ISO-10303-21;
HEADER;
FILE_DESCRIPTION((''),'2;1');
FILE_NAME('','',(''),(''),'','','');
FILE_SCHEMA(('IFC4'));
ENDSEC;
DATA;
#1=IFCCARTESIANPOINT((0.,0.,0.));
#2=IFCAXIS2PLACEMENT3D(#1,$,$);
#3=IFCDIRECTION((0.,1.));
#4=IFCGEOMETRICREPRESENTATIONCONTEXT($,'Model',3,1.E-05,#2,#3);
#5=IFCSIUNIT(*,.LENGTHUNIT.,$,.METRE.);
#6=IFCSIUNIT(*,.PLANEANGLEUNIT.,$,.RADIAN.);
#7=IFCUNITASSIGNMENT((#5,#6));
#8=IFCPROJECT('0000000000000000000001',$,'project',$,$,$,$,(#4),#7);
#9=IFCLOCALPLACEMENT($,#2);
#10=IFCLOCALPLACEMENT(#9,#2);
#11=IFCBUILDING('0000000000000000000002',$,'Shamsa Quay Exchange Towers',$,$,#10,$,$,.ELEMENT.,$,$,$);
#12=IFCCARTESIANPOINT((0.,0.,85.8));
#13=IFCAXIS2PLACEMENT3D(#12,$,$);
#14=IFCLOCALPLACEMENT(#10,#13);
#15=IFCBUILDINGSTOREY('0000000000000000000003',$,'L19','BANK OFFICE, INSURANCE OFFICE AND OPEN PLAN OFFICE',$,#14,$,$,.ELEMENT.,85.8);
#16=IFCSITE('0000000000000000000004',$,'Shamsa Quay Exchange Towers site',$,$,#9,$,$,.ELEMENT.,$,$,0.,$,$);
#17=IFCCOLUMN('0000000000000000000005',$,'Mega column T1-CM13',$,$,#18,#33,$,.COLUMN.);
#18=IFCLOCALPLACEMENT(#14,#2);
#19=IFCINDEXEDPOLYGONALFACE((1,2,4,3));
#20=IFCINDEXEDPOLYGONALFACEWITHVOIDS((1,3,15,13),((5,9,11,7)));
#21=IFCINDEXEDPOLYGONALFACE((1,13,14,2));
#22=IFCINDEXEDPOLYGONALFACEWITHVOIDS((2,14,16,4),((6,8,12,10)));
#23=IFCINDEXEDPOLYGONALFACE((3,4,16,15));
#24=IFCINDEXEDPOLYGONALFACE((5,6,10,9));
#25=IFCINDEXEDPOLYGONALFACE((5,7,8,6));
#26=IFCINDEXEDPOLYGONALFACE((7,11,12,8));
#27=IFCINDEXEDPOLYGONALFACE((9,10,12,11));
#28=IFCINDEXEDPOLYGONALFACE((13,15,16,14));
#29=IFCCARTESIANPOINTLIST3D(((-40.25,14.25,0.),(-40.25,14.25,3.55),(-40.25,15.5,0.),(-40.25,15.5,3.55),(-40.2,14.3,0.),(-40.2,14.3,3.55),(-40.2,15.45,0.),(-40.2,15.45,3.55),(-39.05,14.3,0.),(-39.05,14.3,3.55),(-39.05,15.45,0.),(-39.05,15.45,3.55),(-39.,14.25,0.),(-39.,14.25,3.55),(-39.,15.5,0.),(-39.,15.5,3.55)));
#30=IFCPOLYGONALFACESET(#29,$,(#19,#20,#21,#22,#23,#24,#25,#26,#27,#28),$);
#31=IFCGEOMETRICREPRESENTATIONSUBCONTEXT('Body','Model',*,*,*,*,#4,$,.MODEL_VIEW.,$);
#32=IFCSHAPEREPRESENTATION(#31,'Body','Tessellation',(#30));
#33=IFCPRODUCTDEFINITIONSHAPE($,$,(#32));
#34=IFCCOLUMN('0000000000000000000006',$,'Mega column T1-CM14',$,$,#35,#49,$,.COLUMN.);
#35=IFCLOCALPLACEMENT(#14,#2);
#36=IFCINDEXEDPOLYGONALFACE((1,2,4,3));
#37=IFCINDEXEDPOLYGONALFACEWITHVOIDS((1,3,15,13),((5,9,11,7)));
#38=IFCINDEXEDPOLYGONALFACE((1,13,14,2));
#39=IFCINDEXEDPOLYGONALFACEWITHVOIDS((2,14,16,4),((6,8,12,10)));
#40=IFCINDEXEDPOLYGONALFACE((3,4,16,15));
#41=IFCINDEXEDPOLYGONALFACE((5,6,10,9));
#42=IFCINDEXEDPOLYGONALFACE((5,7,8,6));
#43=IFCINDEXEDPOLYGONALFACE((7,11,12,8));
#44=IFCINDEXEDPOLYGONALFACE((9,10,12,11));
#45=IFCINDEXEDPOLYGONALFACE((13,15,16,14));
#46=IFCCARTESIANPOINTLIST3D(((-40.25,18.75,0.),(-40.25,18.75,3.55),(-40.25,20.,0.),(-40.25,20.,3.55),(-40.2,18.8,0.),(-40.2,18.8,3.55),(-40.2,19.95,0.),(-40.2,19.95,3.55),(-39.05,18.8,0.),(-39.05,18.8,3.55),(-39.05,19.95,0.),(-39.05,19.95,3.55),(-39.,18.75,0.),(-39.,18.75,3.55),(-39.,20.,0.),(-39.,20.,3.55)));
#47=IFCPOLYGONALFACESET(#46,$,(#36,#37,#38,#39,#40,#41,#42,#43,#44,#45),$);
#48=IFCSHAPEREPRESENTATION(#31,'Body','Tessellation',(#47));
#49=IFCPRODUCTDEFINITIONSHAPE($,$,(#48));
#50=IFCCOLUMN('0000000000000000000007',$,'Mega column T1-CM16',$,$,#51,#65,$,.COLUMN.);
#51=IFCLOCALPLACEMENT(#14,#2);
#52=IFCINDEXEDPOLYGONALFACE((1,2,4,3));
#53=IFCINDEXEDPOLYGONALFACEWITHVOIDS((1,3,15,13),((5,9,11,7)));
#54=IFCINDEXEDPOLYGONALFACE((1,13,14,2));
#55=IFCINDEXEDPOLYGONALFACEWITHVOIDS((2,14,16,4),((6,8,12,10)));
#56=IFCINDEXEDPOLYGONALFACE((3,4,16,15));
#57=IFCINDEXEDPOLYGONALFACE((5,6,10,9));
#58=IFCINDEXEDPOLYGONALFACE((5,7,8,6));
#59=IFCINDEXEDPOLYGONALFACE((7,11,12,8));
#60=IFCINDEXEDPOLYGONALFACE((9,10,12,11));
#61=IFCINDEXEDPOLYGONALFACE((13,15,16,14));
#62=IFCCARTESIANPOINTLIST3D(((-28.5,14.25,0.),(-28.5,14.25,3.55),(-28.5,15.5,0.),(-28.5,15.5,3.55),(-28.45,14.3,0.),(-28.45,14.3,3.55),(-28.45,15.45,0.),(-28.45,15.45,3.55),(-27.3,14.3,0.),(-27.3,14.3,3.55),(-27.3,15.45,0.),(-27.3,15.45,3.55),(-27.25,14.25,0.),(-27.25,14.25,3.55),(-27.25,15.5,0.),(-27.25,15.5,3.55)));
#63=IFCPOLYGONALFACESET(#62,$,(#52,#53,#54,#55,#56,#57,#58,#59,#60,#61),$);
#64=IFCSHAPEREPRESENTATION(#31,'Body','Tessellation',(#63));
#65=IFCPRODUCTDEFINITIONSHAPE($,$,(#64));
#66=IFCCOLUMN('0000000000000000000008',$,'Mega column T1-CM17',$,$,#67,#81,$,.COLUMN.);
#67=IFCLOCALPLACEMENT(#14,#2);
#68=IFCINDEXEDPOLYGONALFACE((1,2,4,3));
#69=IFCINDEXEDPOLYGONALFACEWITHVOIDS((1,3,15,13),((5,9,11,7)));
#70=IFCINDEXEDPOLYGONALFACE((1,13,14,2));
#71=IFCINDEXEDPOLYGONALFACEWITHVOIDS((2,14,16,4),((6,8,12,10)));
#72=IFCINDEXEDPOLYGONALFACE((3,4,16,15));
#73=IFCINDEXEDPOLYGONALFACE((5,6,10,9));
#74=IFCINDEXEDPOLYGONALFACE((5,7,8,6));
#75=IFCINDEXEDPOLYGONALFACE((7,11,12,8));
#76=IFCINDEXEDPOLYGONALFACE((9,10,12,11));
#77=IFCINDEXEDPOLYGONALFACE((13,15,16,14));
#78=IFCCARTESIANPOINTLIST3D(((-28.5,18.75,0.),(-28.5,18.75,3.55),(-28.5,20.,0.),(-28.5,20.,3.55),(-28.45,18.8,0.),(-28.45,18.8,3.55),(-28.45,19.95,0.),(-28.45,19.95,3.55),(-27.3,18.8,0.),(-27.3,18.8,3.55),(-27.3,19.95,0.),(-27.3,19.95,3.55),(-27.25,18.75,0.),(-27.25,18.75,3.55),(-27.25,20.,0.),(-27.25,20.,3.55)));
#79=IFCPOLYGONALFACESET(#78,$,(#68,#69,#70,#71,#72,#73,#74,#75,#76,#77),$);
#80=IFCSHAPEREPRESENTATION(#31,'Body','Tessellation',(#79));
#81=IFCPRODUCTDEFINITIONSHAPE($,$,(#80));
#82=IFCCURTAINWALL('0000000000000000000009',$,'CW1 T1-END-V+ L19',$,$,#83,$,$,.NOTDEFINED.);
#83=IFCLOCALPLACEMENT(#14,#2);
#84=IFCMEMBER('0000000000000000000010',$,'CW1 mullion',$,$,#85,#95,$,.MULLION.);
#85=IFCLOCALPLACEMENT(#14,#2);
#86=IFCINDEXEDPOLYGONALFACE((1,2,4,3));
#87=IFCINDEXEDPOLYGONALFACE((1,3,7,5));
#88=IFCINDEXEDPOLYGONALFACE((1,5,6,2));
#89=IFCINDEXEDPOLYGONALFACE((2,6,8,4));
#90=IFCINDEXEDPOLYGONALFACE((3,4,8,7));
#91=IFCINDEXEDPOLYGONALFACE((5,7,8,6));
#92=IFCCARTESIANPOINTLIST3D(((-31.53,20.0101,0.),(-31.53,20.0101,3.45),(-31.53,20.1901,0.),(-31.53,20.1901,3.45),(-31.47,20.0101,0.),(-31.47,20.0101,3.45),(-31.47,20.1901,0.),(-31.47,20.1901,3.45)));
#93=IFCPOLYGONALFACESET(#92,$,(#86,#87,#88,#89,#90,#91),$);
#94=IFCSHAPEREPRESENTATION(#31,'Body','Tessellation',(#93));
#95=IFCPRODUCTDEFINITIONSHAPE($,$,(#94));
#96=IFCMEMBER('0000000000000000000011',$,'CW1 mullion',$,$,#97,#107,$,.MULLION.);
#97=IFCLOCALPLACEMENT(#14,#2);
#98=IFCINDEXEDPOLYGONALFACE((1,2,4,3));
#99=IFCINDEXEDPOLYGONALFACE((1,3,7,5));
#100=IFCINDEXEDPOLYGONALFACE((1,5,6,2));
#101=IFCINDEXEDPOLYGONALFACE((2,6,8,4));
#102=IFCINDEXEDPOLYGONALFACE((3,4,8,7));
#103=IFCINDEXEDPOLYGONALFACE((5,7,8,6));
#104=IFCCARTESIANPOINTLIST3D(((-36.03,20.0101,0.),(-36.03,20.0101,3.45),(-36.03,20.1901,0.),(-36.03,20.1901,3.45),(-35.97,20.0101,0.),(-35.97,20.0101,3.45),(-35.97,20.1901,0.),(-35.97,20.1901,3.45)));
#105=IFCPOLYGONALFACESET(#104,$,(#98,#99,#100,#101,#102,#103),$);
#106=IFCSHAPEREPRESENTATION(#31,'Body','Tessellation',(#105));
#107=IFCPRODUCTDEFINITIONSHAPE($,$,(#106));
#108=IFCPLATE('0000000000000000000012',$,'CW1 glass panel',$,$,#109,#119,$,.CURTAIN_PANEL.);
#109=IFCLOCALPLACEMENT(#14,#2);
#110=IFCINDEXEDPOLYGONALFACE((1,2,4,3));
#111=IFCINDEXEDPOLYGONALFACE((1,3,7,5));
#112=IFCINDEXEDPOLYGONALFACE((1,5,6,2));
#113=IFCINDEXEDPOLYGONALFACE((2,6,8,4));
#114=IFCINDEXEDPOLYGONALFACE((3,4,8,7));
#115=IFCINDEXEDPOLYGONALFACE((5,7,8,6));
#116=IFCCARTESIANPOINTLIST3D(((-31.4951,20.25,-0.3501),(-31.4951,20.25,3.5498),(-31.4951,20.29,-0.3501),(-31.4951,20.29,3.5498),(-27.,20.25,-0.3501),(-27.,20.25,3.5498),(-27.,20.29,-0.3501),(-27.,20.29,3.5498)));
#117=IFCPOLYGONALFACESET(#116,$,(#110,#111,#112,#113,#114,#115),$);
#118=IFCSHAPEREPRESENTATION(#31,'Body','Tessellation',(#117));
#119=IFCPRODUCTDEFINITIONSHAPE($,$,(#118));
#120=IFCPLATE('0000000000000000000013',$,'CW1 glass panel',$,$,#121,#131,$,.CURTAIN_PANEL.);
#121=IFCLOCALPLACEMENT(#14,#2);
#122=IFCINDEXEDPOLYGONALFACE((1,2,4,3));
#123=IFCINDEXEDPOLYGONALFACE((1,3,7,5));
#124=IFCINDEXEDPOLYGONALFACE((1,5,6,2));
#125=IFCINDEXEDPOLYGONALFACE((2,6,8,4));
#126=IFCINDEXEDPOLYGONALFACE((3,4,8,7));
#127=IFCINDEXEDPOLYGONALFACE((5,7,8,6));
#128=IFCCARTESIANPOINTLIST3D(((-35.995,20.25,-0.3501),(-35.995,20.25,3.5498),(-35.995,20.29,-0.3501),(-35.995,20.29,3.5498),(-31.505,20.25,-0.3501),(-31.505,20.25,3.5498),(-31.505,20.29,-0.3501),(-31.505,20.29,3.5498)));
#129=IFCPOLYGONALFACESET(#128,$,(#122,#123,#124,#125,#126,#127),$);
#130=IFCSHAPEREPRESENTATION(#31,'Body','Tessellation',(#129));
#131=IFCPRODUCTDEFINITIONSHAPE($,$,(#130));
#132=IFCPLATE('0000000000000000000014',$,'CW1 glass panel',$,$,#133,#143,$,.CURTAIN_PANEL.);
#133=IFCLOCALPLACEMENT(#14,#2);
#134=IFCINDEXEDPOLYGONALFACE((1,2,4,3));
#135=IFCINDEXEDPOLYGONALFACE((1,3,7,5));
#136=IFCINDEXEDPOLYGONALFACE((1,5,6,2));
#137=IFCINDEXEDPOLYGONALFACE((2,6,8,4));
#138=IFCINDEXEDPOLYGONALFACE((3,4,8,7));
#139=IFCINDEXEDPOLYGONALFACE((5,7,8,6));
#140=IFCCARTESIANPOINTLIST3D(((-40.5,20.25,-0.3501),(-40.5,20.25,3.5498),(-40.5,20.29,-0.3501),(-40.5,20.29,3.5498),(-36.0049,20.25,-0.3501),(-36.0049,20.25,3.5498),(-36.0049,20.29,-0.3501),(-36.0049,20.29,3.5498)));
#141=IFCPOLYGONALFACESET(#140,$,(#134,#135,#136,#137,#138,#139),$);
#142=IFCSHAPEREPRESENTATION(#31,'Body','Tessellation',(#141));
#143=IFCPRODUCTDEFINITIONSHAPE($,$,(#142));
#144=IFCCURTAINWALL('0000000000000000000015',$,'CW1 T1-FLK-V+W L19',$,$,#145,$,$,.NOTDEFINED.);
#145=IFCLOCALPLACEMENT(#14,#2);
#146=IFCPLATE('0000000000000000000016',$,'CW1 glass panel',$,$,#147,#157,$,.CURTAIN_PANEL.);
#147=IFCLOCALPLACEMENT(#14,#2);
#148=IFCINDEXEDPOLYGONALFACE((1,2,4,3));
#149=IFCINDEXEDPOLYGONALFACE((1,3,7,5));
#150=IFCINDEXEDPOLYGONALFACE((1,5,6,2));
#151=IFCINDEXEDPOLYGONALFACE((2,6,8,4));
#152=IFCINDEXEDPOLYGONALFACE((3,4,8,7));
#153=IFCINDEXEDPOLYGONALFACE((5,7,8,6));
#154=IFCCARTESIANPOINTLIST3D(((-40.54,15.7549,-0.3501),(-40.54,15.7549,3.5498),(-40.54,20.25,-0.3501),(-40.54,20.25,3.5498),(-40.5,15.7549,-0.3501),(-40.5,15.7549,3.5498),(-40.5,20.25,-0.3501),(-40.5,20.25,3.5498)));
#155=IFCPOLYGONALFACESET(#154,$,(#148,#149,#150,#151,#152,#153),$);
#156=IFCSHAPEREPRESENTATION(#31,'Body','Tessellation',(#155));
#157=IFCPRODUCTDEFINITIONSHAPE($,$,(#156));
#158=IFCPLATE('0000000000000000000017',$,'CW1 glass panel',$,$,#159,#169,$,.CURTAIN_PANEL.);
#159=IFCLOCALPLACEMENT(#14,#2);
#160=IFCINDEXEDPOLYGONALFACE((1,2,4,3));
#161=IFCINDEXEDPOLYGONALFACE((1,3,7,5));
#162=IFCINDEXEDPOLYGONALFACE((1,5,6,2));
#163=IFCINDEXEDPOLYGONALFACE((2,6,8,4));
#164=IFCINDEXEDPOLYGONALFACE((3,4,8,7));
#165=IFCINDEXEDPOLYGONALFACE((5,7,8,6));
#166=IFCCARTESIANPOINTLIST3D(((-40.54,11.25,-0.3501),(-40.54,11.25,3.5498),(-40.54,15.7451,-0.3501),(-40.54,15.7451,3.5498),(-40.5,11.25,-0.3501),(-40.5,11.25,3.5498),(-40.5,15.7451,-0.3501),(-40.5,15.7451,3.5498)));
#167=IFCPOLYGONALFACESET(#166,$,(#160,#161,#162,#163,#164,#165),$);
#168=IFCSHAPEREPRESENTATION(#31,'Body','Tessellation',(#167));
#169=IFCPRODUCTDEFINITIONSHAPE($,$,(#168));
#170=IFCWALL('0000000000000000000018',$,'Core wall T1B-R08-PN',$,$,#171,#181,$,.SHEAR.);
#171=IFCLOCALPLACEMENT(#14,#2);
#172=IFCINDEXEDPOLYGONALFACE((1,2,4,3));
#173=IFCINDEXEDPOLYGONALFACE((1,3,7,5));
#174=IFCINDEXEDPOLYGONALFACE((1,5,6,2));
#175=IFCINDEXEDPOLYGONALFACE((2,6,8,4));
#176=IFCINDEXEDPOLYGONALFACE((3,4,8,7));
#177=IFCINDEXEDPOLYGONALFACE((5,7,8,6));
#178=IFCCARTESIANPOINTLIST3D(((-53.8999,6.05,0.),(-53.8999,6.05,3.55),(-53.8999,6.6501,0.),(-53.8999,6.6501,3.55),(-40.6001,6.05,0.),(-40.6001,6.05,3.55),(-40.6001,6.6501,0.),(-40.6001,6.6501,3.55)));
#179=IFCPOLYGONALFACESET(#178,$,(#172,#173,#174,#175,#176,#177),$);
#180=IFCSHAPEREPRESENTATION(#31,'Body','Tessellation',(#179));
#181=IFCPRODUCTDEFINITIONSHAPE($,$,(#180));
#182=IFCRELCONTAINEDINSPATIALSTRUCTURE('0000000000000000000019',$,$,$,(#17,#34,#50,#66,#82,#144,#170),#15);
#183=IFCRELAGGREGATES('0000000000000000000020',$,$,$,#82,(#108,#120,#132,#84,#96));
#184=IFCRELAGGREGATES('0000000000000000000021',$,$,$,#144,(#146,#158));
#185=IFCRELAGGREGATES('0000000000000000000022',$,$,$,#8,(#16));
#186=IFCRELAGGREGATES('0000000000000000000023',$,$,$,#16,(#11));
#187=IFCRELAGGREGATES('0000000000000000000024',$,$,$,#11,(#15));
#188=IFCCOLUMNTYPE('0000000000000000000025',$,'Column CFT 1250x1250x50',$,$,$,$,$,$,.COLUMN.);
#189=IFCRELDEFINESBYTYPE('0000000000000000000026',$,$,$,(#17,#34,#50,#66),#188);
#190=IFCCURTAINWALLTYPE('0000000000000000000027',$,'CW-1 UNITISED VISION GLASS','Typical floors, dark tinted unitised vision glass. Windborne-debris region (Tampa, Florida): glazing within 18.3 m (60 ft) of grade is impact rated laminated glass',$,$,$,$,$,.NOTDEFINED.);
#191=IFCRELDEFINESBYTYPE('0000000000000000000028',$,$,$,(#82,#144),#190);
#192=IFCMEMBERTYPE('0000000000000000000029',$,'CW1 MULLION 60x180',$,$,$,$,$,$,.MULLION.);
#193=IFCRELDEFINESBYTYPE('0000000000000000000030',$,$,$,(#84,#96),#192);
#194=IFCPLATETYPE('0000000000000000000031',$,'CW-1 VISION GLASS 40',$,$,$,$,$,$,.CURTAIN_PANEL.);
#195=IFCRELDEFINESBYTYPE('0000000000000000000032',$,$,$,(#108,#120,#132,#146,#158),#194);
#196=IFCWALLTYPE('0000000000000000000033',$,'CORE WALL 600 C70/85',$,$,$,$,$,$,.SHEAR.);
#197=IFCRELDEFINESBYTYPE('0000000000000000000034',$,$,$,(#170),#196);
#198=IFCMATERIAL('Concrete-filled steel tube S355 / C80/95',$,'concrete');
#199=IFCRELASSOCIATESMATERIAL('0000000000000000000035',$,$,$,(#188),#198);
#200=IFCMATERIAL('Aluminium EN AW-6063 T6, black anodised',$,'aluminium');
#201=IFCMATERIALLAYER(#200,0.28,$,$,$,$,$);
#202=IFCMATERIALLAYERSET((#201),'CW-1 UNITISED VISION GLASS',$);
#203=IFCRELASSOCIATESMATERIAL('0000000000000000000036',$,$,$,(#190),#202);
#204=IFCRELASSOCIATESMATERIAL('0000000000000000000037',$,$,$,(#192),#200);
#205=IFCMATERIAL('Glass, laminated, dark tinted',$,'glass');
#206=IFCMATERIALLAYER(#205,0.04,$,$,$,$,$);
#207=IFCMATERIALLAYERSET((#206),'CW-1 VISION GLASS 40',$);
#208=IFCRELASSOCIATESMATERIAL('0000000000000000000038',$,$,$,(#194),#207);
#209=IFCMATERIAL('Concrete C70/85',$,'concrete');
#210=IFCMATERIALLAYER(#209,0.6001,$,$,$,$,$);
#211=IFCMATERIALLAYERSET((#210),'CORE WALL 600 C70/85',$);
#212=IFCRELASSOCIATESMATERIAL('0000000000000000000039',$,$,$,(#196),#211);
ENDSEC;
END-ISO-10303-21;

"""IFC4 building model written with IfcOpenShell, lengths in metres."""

from ifc_helpers import new_model, si_unit, direction, frame, frame_2d, origin, origin_2d, place, context, subcontext, project, spatial, rectangle, hollow_rectangle, extrude, material, layer, layer_set, material_profile, profile_set, type_object, element, aggregate, save


model = new_model("IFC4")

# Units and contexts
model_context = context("Model", 3, precision=1e-05, world=origin(), true_north=direction((0.0, 1.0)))
body_context = subcontext(model_context, "Body", "Model", "MODEL_VIEW")
ifc_project = project(units=[si_unit("LENGTHUNIT", "METRE"), si_unit("PLANEANGLEUNIT", "RADIAN")], contexts=[model_context])

# Site, building, storey
site_placement = place(None, origin())
site = spatial("IfcSite", under=ifc_project, at=site_placement, Name="Shamsa Quay Exchange Towers site", CompositionType="ELEMENT", RefElevation=0.0)
building_placement = place(site_placement, origin())
building = spatial("IfcBuilding", under=site, at=building_placement, Name="Shamsa Quay Exchange Towers", CompositionType="ELEMENT")
storey_placement = place(building_placement, frame((0.0, 0.0, 85.8)))
storey = spatial("IfcBuildingStorey", under=building, at=storey_placement, Name="L19", Description="BANK OFFICE, INSURANCE OFFICE AND OPEN PLAN OFFICE", CompositionType="ELEMENT", Elevation=85.8)

# Columns
ifc_material_1 = material(Name="Concrete-filled steel tube S355 / C80/95", Category="concrete")
ifc_material_profile_1 = material_profile(ifc_material_1, hollow_rectangle(XDim=1.25, YDim=1.25, WallThickness=0.05, at=origin_2d()), Name="CFT 1250x1250x50")
ifc_profile_set_1 = profile_set([ifc_material_profile_1], Name="Concrete-filled steel tube S355 / C80/95")
column_type = type_object("IfcColumnType", Name="Column CFT 1250x1250x50", PredefinedType="COLUMN", material=ifc_profile_set_1)
for number, where, name in (
    (1, (-39.625, 14.875, 0.0), "Mega column T1-CM13"),
    (2, (-39.625, 19.375, 0.0), "Mega column T1-CM14"),
    (3, (-27.875, 14.875, 0.0), "Mega column T1-CM16"),
    (4, (-27.875, 19.375, 0.0), "Mega column T1-CM17"),
):
    element("IfcColumn", number, at=place(storey_placement, frame(where)), inside=storey, type_object=column_type, Name=name, PredefinedType="COLUMN", context=body_context, shape_type="SweptSolid", body=[
        extrude(hollow_rectangle(XDim=1.25, YDim=1.25, WallThickness=0.05, at=origin_2d()), origin(), (0.0, 0.0, 1.0), 3.55),
    ])

# Curtain wall, members, plates
ifc_material_2 = material(Name="Aluminium EN AW-6063 T6, black anodised", Category="aluminium")
ifc_layer_1 = layer(ifc_material_2, 0.28)
ifc_layer_set_1 = layer_set([ifc_layer_1], Name="CW-1 UNITISED VISION GLASS")
curtain_wall_type = type_object("IfcCurtainWallType", Name="CW-1 UNITISED VISION GLASS", Description="Typical floors, dark tinted unitised vision glass. Windborne-debris region (Tampa, Florida): glazing within 18.3 m (60 ft) of grade is impact rated laminated glass", PredefinedType="NOTDEFINED", material=ifc_layer_set_1)
curtain_wall_1_placement = place(storey_placement, origin())
curtain_wall_1 = element("IfcCurtainWall", 5, at=curtain_wall_1_placement, inside=storey, type_object=curtain_wall_type, Name="CW1 T1-END-V+ L19", PredefinedType="NOTDEFINED")
ifc_material_profile_2 = material_profile(ifc_material_2, rectangle(XDim=0.1799, YDim=0.0601, at=origin_2d()), Name="MU60x180")
ifc_profile_set_2 = profile_set([ifc_material_profile_2], Name="Aluminium EN AW-6063 T6, black anodised")
member_type = type_object("IfcMemberType", Name="CW1 MULLION 60x180", PredefinedType="MULLION", material=ifc_profile_set_2)
member_1_placement = place(storey_placement, frame((-31.5, 20.1001, 0.0), z_axis=(0.0, 0.0, 1.0), x_axis=(0.0, -1.0, 0.0)))
member_1 = element("IfcMember", 6, at=member_1_placement, type_object=member_type, Name="CW1 mullion", PredefinedType="MULLION", context=body_context, shape_type="SweptSolid", body=[
    extrude(rectangle(XDim=0.1799, YDim=0.0601, at=origin_2d()), origin(), (0.0, 0.0, 1.0), 3.45),
])
member_2_placement = place(storey_placement, frame((-36.0, 20.1001, 0.0), z_axis=(0.0, 0.0, 1.0), x_axis=(0.0, -1.0, 0.0)))
member_2 = element("IfcMember", 7, at=member_2_placement, type_object=member_type, Name="CW1 mullion", PredefinedType="MULLION", context=body_context, shape_type="SweptSolid", body=[
    extrude(rectangle(XDim=0.1799, YDim=0.0601, at=origin_2d()), origin(), (0.0, 0.0, 1.0), 3.45),
])
ifc_material_3 = material(Name="Glass, laminated, dark tinted", Category="glass")
ifc_layer_2 = layer(ifc_material_3, 0.04)
ifc_layer_set_2 = layer_set([ifc_layer_2], Name="CW-1 VISION GLASS 40")
plate_type = type_object("IfcPlateType", Name="CW-1 VISION GLASS 40", PredefinedType="CURTAIN_PANEL", material=ifc_layer_set_2)
plate_1_placement = place(storey_placement, frame((-29.2476, 20.27, -0.3501), z_axis=(0.0, 0.0, 1.0), x_axis=(-1.0, 0.0, 0.0)))
plate_1 = element("IfcPlate", 8, at=plate_1_placement, type_object=plate_type, Name="CW1 glass panel", PredefinedType="CURTAIN_PANEL", context=body_context, shape_type="SweptSolid", body=[
    extrude(rectangle(XDim=4.4951, YDim=0.04, at=origin_2d()), origin(), (0.0, 0.0, 1.0), 3.8999),
])
plate_2_placement = place(storey_placement, frame((-33.75, 20.27, -0.3501), z_axis=(0.0, 0.0, 1.0), x_axis=(-1.0, 0.0, 0.0)))
plate_2 = element("IfcPlate", 9, at=plate_2_placement, type_object=plate_type, Name="CW1 glass panel", PredefinedType="CURTAIN_PANEL", context=body_context, shape_type="SweptSolid", body=[
    extrude(rectangle(XDim=4.49, YDim=0.04, at=origin_2d()), origin(), (0.0, 0.0, 1.0), 3.8999),
])
plate_3_placement = place(storey_placement, frame((-38.2524, 20.27, -0.3501), z_axis=(0.0, 0.0, 1.0), x_axis=(-1.0, 0.0, 0.0)))
plate_3 = element("IfcPlate", 10, at=plate_3_placement, type_object=plate_type, Name="CW1 glass panel", PredefinedType="CURTAIN_PANEL", context=body_context, shape_type="SweptSolid", body=[
    extrude(rectangle(XDim=4.4951, YDim=0.04, at=origin_2d()), origin(), (0.0, 0.0, 1.0), 3.8999),
])
aggregate(curtain_wall_1, [plate_1, plate_2, plate_3, member_1, member_2])

# Curtain wall, plates
curtain_wall_2_placement = place(storey_placement, origin())
curtain_wall_2 = element("IfcCurtainWall", 11, at=curtain_wall_2_placement, inside=storey, type_object=curtain_wall_type, Name="CW1 T1-FLK-V+W L19", PredefinedType="NOTDEFINED")
plate_4_placement = place(storey_placement, frame((-40.52, 18.0024, -0.3501), z_axis=(0.0, 0.0, 1.0), x_axis=(0.0, -1.0, 0.0)))
plate_4 = element("IfcPlate", 12, at=plate_4_placement, type_object=plate_type, Name="CW1 glass panel", PredefinedType="CURTAIN_PANEL", context=body_context, shape_type="SweptSolid", body=[
    extrude(rectangle(XDim=4.4951, YDim=0.04, at=origin_2d()), origin(), (0.0, 0.0, 1.0), 3.8999),
])
plate_5_placement = place(storey_placement, frame((-40.52, 13.4976, -0.3501), z_axis=(0.0, 0.0, 1.0), x_axis=(0.0, -1.0, 0.0)))
plate_5 = element("IfcPlate", 13, at=plate_5_placement, type_object=plate_type, Name="CW1 glass panel", PredefinedType="CURTAIN_PANEL", context=body_context, shape_type="SweptSolid", body=[
    extrude(rectangle(XDim=4.4951, YDim=0.04, at=origin_2d()), origin(), (0.0, 0.0, 1.0), 3.8999),
])
aggregate(curtain_wall_2, [plate_4, plate_5])

# Wall
ifc_material_4 = material(Name="Concrete C70/85", Category="concrete")
ifc_layer_3 = layer(ifc_material_4, 0.6001)
ifc_layer_set_3 = layer_set([ifc_layer_3], Name="CORE WALL 600 C70/85")
wall_type_1 = type_object("IfcWallType", Name="CORE WALL 600 C70/85", PredefinedType="SHEAR", material=ifc_layer_set_3)
wall_1_placement = place(storey_placement, frame((-40.6001, 6.3501, 0.0), z_axis=(0.0, 0.0, 1.0), x_axis=(-1.0, 0.0, 0.0)))
element("IfcWall", 14, at=wall_1_placement, inside=storey, type_object=wall_type_1, Name="Core wall T1B-R08-PN", PredefinedType="SHEAR", context=body_context, shape_type="SweptSolid", body=[
    extrude(rectangle(XDim=13.2998, YDim=0.6001, at=frame_2d((6.6499, 0.0))), origin(), (0.0, 0.0, 1.0), 3.55),
])

save(model, "model.ifc")
